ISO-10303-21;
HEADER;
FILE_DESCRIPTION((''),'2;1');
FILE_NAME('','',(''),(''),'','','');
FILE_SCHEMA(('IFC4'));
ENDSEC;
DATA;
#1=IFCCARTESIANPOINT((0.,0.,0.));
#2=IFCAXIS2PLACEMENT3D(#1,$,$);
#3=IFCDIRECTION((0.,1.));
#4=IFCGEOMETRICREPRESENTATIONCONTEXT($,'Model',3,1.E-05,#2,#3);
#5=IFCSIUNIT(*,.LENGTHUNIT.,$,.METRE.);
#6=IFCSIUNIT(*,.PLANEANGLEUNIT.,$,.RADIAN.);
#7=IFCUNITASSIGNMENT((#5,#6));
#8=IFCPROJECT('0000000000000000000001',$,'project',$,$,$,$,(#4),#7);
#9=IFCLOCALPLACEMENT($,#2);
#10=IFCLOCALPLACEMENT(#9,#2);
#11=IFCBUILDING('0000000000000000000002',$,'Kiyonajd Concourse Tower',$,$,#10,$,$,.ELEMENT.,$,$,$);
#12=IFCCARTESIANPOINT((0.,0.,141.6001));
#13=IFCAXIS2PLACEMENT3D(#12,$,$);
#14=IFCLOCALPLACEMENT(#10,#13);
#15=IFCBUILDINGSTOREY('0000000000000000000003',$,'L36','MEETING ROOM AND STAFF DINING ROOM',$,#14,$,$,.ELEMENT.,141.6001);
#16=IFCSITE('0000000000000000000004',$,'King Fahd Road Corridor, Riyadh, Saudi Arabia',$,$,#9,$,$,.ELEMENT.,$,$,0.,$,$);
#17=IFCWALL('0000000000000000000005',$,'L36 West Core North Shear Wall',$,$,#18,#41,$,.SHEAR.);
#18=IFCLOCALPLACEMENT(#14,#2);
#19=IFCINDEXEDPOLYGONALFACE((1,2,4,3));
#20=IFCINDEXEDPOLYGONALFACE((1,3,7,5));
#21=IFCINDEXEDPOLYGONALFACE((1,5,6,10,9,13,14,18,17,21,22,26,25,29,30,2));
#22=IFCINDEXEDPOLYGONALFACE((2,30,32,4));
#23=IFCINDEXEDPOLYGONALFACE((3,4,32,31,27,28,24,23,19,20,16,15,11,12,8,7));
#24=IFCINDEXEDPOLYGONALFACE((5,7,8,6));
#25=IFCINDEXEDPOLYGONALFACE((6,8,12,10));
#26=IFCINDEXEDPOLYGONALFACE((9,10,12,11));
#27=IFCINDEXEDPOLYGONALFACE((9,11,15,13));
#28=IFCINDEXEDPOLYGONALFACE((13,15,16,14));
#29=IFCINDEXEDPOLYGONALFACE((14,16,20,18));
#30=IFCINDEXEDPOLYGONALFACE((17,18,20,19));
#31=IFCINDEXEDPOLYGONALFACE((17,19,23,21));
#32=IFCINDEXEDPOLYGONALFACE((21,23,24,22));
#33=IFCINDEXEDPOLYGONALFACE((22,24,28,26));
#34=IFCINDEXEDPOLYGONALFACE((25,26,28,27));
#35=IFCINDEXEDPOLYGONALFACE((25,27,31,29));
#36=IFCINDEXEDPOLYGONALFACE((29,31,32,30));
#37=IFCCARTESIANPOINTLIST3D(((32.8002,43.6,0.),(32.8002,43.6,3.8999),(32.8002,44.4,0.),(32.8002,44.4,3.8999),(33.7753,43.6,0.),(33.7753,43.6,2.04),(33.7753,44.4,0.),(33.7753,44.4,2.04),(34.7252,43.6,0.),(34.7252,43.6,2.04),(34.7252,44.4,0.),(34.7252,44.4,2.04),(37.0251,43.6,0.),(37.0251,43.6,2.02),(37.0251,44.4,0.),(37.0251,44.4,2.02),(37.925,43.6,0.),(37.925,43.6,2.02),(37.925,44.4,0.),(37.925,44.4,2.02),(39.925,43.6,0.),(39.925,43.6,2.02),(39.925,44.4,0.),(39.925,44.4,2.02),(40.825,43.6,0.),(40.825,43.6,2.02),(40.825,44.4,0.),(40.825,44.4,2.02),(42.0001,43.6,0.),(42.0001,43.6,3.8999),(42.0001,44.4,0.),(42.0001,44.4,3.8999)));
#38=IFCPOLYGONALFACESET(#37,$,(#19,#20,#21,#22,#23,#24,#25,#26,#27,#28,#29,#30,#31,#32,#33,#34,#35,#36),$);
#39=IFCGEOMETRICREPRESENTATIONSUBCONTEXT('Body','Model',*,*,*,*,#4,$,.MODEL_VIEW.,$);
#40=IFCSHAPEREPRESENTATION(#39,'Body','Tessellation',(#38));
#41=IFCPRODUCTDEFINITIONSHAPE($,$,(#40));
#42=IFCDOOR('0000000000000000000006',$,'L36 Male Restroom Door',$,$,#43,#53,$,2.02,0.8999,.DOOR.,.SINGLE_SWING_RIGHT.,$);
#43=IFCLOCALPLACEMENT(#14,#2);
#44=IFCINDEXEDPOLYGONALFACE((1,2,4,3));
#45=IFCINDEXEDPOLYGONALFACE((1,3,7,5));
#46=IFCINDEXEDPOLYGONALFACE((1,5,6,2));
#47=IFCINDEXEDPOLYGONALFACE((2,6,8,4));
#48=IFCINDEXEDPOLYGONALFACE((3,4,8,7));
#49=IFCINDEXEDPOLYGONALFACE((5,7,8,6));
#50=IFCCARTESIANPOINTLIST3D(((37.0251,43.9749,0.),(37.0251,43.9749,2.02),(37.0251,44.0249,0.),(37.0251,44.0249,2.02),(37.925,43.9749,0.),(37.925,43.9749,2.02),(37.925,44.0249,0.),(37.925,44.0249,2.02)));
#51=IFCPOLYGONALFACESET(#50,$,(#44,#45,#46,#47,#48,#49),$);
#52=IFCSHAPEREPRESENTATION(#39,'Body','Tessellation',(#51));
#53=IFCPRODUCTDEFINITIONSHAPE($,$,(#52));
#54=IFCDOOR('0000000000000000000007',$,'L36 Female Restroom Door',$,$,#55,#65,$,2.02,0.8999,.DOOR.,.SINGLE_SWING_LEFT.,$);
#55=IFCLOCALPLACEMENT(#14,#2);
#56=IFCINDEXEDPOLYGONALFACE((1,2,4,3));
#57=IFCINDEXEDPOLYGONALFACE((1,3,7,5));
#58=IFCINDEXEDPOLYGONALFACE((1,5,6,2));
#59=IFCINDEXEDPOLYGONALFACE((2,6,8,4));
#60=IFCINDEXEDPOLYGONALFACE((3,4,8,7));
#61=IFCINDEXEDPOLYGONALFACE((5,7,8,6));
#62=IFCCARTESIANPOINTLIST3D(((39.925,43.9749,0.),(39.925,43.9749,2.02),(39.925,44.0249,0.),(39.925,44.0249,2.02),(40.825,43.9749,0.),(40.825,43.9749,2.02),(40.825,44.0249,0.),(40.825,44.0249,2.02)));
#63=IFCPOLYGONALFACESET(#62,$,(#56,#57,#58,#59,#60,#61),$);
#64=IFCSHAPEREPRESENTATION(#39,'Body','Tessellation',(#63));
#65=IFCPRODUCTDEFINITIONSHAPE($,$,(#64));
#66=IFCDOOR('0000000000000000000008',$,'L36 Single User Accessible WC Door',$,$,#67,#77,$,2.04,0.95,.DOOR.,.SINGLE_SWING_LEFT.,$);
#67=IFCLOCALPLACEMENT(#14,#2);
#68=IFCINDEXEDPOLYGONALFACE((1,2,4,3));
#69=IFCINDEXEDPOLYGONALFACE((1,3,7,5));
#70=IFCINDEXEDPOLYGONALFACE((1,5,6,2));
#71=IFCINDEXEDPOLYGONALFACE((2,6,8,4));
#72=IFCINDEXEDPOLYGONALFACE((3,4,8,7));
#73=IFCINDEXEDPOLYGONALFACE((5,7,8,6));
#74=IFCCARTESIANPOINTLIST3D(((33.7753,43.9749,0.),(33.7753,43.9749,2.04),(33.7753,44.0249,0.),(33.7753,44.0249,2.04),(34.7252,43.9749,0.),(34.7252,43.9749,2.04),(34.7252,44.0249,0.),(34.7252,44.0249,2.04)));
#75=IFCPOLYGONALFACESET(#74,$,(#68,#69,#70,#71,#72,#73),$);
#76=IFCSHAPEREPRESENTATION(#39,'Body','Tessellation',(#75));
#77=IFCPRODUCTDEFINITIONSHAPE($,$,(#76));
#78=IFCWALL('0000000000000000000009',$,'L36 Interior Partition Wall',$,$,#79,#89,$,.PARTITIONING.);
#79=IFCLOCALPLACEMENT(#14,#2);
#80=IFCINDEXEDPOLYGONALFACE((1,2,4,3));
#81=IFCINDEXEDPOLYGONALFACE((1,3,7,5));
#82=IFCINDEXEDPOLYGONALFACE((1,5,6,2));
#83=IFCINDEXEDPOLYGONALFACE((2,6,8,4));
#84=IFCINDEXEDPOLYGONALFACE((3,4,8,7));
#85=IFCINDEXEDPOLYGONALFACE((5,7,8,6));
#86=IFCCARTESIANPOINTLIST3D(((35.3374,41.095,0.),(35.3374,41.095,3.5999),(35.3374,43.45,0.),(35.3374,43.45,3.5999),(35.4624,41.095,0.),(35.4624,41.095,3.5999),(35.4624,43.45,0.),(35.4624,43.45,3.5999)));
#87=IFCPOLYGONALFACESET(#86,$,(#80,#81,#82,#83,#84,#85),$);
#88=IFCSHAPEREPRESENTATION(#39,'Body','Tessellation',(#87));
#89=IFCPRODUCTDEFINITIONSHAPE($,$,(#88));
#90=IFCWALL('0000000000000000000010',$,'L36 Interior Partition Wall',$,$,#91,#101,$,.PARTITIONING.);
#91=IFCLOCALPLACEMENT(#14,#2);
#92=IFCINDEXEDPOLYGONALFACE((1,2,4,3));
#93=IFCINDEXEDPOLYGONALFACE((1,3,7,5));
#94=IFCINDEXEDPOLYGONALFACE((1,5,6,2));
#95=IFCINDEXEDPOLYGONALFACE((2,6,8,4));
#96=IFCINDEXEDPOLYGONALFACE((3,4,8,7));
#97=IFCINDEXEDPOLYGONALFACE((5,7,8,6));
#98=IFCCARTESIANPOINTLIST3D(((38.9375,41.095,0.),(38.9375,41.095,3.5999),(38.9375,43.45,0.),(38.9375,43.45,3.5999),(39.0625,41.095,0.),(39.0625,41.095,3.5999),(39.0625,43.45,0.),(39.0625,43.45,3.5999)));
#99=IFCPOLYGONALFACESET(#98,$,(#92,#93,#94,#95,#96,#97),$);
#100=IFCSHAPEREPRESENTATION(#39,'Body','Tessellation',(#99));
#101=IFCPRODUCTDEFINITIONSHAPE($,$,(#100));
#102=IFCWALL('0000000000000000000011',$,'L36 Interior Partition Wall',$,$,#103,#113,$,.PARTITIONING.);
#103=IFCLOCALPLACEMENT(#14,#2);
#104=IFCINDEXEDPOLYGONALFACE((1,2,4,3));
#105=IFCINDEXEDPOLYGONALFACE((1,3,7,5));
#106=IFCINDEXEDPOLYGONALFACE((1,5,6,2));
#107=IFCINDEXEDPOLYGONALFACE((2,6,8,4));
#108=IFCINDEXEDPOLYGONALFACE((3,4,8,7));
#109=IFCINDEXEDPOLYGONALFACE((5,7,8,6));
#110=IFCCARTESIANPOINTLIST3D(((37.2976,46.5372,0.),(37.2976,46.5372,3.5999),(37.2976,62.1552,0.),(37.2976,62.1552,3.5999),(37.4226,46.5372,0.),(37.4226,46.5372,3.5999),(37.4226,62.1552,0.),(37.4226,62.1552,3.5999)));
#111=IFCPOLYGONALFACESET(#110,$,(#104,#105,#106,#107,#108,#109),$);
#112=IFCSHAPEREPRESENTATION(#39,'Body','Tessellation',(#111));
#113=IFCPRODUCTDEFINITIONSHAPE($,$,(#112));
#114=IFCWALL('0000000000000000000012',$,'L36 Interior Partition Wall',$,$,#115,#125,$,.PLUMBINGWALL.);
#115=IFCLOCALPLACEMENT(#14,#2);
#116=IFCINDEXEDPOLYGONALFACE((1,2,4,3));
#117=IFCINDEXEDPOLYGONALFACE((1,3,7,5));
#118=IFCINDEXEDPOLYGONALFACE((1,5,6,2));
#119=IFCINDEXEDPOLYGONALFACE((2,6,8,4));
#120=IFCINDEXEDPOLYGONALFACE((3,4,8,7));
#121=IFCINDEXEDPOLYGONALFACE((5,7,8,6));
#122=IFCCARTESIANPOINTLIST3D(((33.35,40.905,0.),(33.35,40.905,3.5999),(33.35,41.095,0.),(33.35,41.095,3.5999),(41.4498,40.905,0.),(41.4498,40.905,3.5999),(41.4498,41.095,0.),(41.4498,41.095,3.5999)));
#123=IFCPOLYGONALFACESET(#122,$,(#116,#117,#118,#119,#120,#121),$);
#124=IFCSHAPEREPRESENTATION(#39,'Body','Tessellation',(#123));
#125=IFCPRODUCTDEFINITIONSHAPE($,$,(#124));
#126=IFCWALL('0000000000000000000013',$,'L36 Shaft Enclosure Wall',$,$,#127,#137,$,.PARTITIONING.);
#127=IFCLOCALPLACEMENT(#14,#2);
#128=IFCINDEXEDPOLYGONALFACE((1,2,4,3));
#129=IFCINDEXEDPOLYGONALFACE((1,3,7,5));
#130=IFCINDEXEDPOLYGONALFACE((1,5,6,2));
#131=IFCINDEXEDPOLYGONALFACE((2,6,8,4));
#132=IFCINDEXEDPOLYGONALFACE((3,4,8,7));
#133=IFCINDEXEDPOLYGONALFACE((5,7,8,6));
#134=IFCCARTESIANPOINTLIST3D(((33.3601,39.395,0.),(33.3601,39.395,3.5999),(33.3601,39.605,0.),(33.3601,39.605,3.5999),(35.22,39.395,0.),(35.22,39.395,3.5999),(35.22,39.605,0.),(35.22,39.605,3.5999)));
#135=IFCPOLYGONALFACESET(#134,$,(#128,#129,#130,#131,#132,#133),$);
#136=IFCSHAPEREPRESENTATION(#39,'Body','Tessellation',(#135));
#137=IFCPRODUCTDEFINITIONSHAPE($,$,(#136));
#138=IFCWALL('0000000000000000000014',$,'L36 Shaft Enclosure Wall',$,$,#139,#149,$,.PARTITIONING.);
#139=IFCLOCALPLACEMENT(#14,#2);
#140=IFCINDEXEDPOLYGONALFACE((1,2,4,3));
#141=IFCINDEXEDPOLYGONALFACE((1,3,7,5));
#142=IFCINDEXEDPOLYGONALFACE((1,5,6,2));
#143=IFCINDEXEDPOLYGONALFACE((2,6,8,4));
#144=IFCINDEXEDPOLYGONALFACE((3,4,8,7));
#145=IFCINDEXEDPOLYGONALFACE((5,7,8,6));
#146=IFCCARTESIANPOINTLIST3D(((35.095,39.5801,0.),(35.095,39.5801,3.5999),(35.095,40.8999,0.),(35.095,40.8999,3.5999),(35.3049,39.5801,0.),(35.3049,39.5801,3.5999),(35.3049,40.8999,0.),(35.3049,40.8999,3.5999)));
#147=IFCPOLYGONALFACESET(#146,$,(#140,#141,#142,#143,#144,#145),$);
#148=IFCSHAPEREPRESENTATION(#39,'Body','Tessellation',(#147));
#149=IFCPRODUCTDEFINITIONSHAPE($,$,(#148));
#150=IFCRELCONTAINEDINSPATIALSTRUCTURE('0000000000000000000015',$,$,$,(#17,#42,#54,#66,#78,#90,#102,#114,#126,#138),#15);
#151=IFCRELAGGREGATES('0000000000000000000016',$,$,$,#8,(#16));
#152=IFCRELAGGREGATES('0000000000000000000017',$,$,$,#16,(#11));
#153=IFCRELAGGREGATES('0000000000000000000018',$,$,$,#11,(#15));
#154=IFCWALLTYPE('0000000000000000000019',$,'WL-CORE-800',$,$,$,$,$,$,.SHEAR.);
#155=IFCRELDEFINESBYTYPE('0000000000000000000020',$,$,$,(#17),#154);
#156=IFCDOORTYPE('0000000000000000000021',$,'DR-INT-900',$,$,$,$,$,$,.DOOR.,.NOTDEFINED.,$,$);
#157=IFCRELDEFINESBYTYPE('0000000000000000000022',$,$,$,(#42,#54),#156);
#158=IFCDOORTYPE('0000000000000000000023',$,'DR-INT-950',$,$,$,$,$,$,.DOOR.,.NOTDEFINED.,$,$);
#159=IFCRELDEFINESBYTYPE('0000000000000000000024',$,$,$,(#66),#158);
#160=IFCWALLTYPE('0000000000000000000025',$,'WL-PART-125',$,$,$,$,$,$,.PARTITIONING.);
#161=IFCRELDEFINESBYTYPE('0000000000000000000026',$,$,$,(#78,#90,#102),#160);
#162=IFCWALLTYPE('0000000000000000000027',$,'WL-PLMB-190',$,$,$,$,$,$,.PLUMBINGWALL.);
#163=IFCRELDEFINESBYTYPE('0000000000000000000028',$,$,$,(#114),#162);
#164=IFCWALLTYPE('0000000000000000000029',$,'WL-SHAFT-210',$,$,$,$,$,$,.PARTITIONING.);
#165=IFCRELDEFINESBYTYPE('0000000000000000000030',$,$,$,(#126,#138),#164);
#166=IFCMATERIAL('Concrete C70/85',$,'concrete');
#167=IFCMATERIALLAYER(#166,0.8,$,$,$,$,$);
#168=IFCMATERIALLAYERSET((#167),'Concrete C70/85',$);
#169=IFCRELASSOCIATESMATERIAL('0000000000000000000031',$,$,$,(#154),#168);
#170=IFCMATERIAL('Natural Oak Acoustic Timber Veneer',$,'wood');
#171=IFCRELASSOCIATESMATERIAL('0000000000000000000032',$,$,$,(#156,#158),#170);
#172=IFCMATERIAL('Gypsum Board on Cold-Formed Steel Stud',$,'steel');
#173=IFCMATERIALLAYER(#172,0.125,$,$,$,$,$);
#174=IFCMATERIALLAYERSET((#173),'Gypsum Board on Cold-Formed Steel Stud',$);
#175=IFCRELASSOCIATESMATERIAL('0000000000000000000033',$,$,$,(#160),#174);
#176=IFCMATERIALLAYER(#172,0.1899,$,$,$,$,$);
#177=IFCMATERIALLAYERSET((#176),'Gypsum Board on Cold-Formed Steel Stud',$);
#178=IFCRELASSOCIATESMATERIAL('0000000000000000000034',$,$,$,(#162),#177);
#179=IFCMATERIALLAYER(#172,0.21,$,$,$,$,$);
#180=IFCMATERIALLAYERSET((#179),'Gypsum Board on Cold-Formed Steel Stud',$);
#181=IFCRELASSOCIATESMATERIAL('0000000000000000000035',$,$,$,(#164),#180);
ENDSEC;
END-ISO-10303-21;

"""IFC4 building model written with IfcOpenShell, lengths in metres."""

from ifc_helpers import new_model, si_unit, direction, frame, frame_2d, origin, place, context, subcontext, project, spatial, rectangle, extrude, material, layer, layer_set, type_object, element, fill, save


model = new_model("IFC4")

# Units and contexts
model_context = context("Model", 3, precision=1e-05, world=origin(), true_north=direction((0.0, 1.0)))
body_context = subcontext(model_context, "Body", "Model", "MODEL_VIEW")
ifc_project = project(units=[si_unit("LENGTHUNIT", "METRE"), si_unit("PLANEANGLEUNIT", "RADIAN")], contexts=[model_context])

# Site, building, storey
site_placement = place(None, origin())
site = spatial("IfcSite", under=ifc_project, at=site_placement, Name="King Fahd Road Corridor, Riyadh, Saudi Arabia", CompositionType="ELEMENT", RefElevation=0.0)
building_placement = place(site_placement, origin())
building = spatial("IfcBuilding", under=site, at=building_placement, Name="Kiyonajd Concourse Tower", CompositionType="ELEMENT")
storey_placement = place(building_placement, frame((0.0, 0.0, 141.6001)))
storey = spatial("IfcBuildingStorey", under=building, at=storey_placement, Name="L36", Description="MEETING ROOM AND STAFF DINING ROOM", CompositionType="ELEMENT", Elevation=141.6001)

# Shared definitions
ifc_material_1 = material(Name="Concrete C70/85", Category="concrete")

# Shared definitions
ifc_layer_1 = layer(ifc_material_1, 0.8)
ifc_layer_set_1 = layer_set([ifc_layer_1], Name="Concrete C70/85")
wall_type_1 = type_object("IfcWallType", Name="WL-CORE-800", PredefinedType="SHEAR", material=ifc_layer_set_1)

# Wall, openings, doors
wall_1_placement = place(storey_placement, frame((32.8, 44.0, 0.0), z_axis=(0.0, 0.0, 1.0), x_axis=(1.0, 0.0, 0.0)))
wall_1 = element("IfcWall", 1, at=wall_1_placement, inside=storey, type_object=wall_type_1, Name="L36 West Core North Shear Wall", PredefinedType="SHEAR", context=body_context, shape_type="SweptSolid", body=[
    extrude(rectangle(XDim=9.2, YDim=0.8, at=frame_2d((4.6001, 0.0))), origin(), (0.0, 0.0, 1.0), 3.8999),
])
opening_1_placement = place(wall_1_placement, frame((0.9751, 0.0, 0.0)))
opening_1 = element("IfcOpeningElement", 2, at=opening_1_placement, cuts=wall_1, PredefinedType="OPENING", context=body_context, shape_type="SweptSolid", body=[
    extrude(rectangle(XDim=0.95, YDim=2.04, at=frame_2d((0.4751, 1.02))), frame((0.0, 0.4099, 0.0), z_axis=(0.0, -1.0, 0.0), x_axis=(1.0, 0.0, 0.0)), (0.0, 0.0, 1.0), 0.8201),
])
opening_2_placement = place(wall_1_placement, frame((4.2251, 0.0, 0.0)))
opening_2 = element("IfcOpeningElement", 3, at=opening_2_placement, cuts=wall_1, PredefinedType="OPENING", context=body_context, shape_type="SweptSolid", body=[
    extrude(rectangle(XDim=0.8999, YDim=2.02, at=frame_2d((0.45, 1.01))), frame((0.0, 0.4099, 0.0), z_axis=(0.0, -1.0, 0.0), x_axis=(1.0, 0.0, 0.0)), (0.0, 0.0, 1.0), 0.8201),
])
opening_3_placement = place(wall_1_placement, frame((7.125, 0.0, 0.0)))
opening_3 = element("IfcOpeningElement", 4, at=opening_3_placement, cuts=wall_1, PredefinedType="OPENING", context=body_context, shape_type="SweptSolid", body=[
    extrude(rectangle(XDim=0.8999, YDim=2.02, at=frame_2d((0.45, 1.01))), frame((0.0, 0.4099, 0.0), z_axis=(0.0, -1.0, 0.0), x_axis=(1.0, 0.0, 0.0)), (0.0, 0.0, 1.0), 0.8201),
])
ifc_material_2 = material(Name="Natural Oak Acoustic Timber Veneer", Category="wood")
door_type_1 = type_object("IfcDoorType", Name="DR-INT-900", OperationType="NOTDEFINED", PredefinedType="DOOR", material=ifc_material_2)
door_1_placement = place(opening_2_placement, origin())
door_1 = element("IfcDoor", 5, at=door_1_placement, inside=storey, type_object=door_type_1, Name="L36 Male Restroom Door", OperationType="SINGLE_SWING_RIGHT", OverallHeight=2.02, OverallWidth=0.8999, PredefinedType="DOOR", context=body_context, shape_type="SweptSolid", body=[
    extrude(rectangle(XDim=0.8999, YDim=2.02, at=frame_2d((0.45, 1.01))), frame((0.0, 0.0249, 0.0), z_axis=(0.0, -1.0, 0.0), x_axis=(1.0, 0.0, 0.0)), (0.0, 0.0, 1.0), 0.05),
])
fill(opening_2, door_1)
door_2_placement = place(opening_3_placement, origin())
door_2 = element("IfcDoor", 6, at=door_2_placement, inside=storey, type_object=door_type_1, Name="L36 Female Restroom Door", OperationType="SINGLE_SWING_LEFT", OverallHeight=2.02, OverallWidth=0.8999, PredefinedType="DOOR", context=body_context, shape_type="SweptSolid", body=[
    extrude(rectangle(XDim=0.8999, YDim=2.02, at=frame_2d((0.45, 1.01))), frame((0.0, 0.0249, 0.0), z_axis=(0.0, -1.0, 0.0), x_axis=(1.0, 0.0, 0.0)), (0.0, 0.0, 1.0), 0.05),
])
fill(opening_3, door_2)
door_type_2 = type_object("IfcDoorType", Name="DR-INT-950", OperationType="NOTDEFINED", PredefinedType="DOOR", material=ifc_material_2)
door_3_placement = place(opening_1_placement, origin())
door_3 = element("IfcDoor", 7, at=door_3_placement, inside=storey, type_object=door_type_2, Name="L36 Single User Accessible WC Door", OperationType="SINGLE_SWING_LEFT", OverallHeight=2.04, OverallWidth=0.95, PredefinedType="DOOR", context=body_context, shape_type="SweptSolid", body=[
    extrude(rectangle(XDim=0.95, YDim=2.04, at=frame_2d((0.4751, 1.02))), frame((0.0, 0.0249, 0.0), z_axis=(0.0, -1.0, 0.0), x_axis=(1.0, 0.0, 0.0)), (0.0, 0.0, 1.0), 0.05),
])
fill(opening_1, door_3)

# Walls
ifc_material_3 = material(Name="Gypsum Board on Cold-Formed Steel Stud", Category="steel")
ifc_layer_2 = layer(ifc_material_3, 0.125)
ifc_layer_set_2 = layer_set([ifc_layer_2], Name="Gypsum Board on Cold-Formed Steel Stud")
wall_type_2 = type_object("IfcWallType", Name="WL-PART-125", PredefinedType="PARTITIONING", material=ifc_layer_set_2)
for number, where, z_axis, x_axis, name in (
    (8, (35.3999, 41.095, 0.0), (0.0, 0.0, 1.0), (0.0, 1.0, 0.0), "L36 Interior Partition Wall"),
    (9, (39.0, 41.095, 0.0), (0.0, 0.0, 1.0), (0.0, 1.0, 0.0), "L36 Interior Partition Wall"),
):
    element("IfcWall", number, at=place(storey_placement, frame(where, z_axis=z_axis, x_axis=x_axis)), inside=storey, type_object=wall_type_2, Name=name, PredefinedType="PARTITIONING", context=body_context, shape_type="SweptSolid", body=[
        extrude(rectangle(XDim=2.355, YDim=0.125, at=frame_2d((1.1775, 0.0))), origin(), (0.0, 0.0, 1.0), 3.5999),
    ])
wall_2_placement = place(storey_placement, frame((37.3601, 46.5371, 0.0), z_axis=(0.0, 0.0, 1.0), x_axis=(0.0, 1.0, 0.0)))
element("IfcWall", 10, at=wall_2_placement, inside=storey, type_object=wall_type_2, Name="L36 Interior Partition Wall", PredefinedType="PARTITIONING", context=body_context, shape_type="SweptSolid", body=[
    extrude(rectangle(XDim=15.6179, YDim=0.125, at=frame_2d((7.8091, 0.0))), origin(), (0.0, 0.0, 1.0), 3.5999),
])
ifc_layer_3 = layer(ifc_material_3, 0.1899)
ifc_layer_set_3 = layer_set([ifc_layer_3], Name="Gypsum Board on Cold-Formed Steel Stud")
wall_type_3 = type_object("IfcWallType", Name="WL-PLMB-190", PredefinedType="PLUMBINGWALL", material=ifc_layer_set_3)
wall_3_placement = place(storey_placement, frame((33.3501, 41.0, 0.0), z_axis=(0.0, 0.0, 1.0), x_axis=(1.0, 0.0, 0.0)))
element("IfcWall", 11, at=wall_3_placement, inside=storey, type_object=wall_type_3, Name="L36 Interior Partition Wall", PredefinedType="PLUMBINGWALL", context=body_context, shape_type="SweptSolid", body=[
    extrude(rectangle(XDim=8.0999, YDim=0.1899, at=frame_2d((4.0498, 0.0))), origin(), (0.0, 0.0, 1.0), 3.5999),
])
ifc_layer_4 = layer(ifc_material_3, 0.21)
ifc_layer_set_4 = layer_set([ifc_layer_4], Name="Gypsum Board on Cold-Formed Steel Stud")
wall_type_4 = type_object("IfcWallType", Name="WL-SHAFT-210", PredefinedType="PARTITIONING", material=ifc_layer_set_4)
wall_4_placement = place(storey_placement, frame((33.3601, 39.5, 0.0), z_axis=(0.0, 0.0, 1.0), x_axis=(1.0, 0.0, 0.0)))
element("IfcWall", 12, at=wall_4_placement, inside=storey, type_object=wall_type_4, Name="L36 Shaft Enclosure Wall", PredefinedType="PARTITIONING", context=body_context, shape_type="SweptSolid", body=[
    extrude(rectangle(XDim=1.8599, YDim=0.21, at=frame_2d((0.9299, 0.0))), origin(), (0.0, 0.0, 1.0), 3.5999),
])
wall_5_placement = place(storey_placement, frame((35.2, 39.5801, 0.0), z_axis=(0.0, 0.0, 1.0), x_axis=(0.0, 1.0, 0.0)))
element("IfcWall", 13, at=wall_5_placement, inside=storey, type_object=wall_type_4, Name="L36 Shaft Enclosure Wall", PredefinedType="PARTITIONING", context=body_context, shape_type="SweptSolid", body=[
    extrude(rectangle(XDim=1.3198, YDim=0.21, at=frame_2d((0.6599, 0.0))), origin(), (0.0, 0.0, 1.0), 3.5999),
])

save(model, "model.ifc")
